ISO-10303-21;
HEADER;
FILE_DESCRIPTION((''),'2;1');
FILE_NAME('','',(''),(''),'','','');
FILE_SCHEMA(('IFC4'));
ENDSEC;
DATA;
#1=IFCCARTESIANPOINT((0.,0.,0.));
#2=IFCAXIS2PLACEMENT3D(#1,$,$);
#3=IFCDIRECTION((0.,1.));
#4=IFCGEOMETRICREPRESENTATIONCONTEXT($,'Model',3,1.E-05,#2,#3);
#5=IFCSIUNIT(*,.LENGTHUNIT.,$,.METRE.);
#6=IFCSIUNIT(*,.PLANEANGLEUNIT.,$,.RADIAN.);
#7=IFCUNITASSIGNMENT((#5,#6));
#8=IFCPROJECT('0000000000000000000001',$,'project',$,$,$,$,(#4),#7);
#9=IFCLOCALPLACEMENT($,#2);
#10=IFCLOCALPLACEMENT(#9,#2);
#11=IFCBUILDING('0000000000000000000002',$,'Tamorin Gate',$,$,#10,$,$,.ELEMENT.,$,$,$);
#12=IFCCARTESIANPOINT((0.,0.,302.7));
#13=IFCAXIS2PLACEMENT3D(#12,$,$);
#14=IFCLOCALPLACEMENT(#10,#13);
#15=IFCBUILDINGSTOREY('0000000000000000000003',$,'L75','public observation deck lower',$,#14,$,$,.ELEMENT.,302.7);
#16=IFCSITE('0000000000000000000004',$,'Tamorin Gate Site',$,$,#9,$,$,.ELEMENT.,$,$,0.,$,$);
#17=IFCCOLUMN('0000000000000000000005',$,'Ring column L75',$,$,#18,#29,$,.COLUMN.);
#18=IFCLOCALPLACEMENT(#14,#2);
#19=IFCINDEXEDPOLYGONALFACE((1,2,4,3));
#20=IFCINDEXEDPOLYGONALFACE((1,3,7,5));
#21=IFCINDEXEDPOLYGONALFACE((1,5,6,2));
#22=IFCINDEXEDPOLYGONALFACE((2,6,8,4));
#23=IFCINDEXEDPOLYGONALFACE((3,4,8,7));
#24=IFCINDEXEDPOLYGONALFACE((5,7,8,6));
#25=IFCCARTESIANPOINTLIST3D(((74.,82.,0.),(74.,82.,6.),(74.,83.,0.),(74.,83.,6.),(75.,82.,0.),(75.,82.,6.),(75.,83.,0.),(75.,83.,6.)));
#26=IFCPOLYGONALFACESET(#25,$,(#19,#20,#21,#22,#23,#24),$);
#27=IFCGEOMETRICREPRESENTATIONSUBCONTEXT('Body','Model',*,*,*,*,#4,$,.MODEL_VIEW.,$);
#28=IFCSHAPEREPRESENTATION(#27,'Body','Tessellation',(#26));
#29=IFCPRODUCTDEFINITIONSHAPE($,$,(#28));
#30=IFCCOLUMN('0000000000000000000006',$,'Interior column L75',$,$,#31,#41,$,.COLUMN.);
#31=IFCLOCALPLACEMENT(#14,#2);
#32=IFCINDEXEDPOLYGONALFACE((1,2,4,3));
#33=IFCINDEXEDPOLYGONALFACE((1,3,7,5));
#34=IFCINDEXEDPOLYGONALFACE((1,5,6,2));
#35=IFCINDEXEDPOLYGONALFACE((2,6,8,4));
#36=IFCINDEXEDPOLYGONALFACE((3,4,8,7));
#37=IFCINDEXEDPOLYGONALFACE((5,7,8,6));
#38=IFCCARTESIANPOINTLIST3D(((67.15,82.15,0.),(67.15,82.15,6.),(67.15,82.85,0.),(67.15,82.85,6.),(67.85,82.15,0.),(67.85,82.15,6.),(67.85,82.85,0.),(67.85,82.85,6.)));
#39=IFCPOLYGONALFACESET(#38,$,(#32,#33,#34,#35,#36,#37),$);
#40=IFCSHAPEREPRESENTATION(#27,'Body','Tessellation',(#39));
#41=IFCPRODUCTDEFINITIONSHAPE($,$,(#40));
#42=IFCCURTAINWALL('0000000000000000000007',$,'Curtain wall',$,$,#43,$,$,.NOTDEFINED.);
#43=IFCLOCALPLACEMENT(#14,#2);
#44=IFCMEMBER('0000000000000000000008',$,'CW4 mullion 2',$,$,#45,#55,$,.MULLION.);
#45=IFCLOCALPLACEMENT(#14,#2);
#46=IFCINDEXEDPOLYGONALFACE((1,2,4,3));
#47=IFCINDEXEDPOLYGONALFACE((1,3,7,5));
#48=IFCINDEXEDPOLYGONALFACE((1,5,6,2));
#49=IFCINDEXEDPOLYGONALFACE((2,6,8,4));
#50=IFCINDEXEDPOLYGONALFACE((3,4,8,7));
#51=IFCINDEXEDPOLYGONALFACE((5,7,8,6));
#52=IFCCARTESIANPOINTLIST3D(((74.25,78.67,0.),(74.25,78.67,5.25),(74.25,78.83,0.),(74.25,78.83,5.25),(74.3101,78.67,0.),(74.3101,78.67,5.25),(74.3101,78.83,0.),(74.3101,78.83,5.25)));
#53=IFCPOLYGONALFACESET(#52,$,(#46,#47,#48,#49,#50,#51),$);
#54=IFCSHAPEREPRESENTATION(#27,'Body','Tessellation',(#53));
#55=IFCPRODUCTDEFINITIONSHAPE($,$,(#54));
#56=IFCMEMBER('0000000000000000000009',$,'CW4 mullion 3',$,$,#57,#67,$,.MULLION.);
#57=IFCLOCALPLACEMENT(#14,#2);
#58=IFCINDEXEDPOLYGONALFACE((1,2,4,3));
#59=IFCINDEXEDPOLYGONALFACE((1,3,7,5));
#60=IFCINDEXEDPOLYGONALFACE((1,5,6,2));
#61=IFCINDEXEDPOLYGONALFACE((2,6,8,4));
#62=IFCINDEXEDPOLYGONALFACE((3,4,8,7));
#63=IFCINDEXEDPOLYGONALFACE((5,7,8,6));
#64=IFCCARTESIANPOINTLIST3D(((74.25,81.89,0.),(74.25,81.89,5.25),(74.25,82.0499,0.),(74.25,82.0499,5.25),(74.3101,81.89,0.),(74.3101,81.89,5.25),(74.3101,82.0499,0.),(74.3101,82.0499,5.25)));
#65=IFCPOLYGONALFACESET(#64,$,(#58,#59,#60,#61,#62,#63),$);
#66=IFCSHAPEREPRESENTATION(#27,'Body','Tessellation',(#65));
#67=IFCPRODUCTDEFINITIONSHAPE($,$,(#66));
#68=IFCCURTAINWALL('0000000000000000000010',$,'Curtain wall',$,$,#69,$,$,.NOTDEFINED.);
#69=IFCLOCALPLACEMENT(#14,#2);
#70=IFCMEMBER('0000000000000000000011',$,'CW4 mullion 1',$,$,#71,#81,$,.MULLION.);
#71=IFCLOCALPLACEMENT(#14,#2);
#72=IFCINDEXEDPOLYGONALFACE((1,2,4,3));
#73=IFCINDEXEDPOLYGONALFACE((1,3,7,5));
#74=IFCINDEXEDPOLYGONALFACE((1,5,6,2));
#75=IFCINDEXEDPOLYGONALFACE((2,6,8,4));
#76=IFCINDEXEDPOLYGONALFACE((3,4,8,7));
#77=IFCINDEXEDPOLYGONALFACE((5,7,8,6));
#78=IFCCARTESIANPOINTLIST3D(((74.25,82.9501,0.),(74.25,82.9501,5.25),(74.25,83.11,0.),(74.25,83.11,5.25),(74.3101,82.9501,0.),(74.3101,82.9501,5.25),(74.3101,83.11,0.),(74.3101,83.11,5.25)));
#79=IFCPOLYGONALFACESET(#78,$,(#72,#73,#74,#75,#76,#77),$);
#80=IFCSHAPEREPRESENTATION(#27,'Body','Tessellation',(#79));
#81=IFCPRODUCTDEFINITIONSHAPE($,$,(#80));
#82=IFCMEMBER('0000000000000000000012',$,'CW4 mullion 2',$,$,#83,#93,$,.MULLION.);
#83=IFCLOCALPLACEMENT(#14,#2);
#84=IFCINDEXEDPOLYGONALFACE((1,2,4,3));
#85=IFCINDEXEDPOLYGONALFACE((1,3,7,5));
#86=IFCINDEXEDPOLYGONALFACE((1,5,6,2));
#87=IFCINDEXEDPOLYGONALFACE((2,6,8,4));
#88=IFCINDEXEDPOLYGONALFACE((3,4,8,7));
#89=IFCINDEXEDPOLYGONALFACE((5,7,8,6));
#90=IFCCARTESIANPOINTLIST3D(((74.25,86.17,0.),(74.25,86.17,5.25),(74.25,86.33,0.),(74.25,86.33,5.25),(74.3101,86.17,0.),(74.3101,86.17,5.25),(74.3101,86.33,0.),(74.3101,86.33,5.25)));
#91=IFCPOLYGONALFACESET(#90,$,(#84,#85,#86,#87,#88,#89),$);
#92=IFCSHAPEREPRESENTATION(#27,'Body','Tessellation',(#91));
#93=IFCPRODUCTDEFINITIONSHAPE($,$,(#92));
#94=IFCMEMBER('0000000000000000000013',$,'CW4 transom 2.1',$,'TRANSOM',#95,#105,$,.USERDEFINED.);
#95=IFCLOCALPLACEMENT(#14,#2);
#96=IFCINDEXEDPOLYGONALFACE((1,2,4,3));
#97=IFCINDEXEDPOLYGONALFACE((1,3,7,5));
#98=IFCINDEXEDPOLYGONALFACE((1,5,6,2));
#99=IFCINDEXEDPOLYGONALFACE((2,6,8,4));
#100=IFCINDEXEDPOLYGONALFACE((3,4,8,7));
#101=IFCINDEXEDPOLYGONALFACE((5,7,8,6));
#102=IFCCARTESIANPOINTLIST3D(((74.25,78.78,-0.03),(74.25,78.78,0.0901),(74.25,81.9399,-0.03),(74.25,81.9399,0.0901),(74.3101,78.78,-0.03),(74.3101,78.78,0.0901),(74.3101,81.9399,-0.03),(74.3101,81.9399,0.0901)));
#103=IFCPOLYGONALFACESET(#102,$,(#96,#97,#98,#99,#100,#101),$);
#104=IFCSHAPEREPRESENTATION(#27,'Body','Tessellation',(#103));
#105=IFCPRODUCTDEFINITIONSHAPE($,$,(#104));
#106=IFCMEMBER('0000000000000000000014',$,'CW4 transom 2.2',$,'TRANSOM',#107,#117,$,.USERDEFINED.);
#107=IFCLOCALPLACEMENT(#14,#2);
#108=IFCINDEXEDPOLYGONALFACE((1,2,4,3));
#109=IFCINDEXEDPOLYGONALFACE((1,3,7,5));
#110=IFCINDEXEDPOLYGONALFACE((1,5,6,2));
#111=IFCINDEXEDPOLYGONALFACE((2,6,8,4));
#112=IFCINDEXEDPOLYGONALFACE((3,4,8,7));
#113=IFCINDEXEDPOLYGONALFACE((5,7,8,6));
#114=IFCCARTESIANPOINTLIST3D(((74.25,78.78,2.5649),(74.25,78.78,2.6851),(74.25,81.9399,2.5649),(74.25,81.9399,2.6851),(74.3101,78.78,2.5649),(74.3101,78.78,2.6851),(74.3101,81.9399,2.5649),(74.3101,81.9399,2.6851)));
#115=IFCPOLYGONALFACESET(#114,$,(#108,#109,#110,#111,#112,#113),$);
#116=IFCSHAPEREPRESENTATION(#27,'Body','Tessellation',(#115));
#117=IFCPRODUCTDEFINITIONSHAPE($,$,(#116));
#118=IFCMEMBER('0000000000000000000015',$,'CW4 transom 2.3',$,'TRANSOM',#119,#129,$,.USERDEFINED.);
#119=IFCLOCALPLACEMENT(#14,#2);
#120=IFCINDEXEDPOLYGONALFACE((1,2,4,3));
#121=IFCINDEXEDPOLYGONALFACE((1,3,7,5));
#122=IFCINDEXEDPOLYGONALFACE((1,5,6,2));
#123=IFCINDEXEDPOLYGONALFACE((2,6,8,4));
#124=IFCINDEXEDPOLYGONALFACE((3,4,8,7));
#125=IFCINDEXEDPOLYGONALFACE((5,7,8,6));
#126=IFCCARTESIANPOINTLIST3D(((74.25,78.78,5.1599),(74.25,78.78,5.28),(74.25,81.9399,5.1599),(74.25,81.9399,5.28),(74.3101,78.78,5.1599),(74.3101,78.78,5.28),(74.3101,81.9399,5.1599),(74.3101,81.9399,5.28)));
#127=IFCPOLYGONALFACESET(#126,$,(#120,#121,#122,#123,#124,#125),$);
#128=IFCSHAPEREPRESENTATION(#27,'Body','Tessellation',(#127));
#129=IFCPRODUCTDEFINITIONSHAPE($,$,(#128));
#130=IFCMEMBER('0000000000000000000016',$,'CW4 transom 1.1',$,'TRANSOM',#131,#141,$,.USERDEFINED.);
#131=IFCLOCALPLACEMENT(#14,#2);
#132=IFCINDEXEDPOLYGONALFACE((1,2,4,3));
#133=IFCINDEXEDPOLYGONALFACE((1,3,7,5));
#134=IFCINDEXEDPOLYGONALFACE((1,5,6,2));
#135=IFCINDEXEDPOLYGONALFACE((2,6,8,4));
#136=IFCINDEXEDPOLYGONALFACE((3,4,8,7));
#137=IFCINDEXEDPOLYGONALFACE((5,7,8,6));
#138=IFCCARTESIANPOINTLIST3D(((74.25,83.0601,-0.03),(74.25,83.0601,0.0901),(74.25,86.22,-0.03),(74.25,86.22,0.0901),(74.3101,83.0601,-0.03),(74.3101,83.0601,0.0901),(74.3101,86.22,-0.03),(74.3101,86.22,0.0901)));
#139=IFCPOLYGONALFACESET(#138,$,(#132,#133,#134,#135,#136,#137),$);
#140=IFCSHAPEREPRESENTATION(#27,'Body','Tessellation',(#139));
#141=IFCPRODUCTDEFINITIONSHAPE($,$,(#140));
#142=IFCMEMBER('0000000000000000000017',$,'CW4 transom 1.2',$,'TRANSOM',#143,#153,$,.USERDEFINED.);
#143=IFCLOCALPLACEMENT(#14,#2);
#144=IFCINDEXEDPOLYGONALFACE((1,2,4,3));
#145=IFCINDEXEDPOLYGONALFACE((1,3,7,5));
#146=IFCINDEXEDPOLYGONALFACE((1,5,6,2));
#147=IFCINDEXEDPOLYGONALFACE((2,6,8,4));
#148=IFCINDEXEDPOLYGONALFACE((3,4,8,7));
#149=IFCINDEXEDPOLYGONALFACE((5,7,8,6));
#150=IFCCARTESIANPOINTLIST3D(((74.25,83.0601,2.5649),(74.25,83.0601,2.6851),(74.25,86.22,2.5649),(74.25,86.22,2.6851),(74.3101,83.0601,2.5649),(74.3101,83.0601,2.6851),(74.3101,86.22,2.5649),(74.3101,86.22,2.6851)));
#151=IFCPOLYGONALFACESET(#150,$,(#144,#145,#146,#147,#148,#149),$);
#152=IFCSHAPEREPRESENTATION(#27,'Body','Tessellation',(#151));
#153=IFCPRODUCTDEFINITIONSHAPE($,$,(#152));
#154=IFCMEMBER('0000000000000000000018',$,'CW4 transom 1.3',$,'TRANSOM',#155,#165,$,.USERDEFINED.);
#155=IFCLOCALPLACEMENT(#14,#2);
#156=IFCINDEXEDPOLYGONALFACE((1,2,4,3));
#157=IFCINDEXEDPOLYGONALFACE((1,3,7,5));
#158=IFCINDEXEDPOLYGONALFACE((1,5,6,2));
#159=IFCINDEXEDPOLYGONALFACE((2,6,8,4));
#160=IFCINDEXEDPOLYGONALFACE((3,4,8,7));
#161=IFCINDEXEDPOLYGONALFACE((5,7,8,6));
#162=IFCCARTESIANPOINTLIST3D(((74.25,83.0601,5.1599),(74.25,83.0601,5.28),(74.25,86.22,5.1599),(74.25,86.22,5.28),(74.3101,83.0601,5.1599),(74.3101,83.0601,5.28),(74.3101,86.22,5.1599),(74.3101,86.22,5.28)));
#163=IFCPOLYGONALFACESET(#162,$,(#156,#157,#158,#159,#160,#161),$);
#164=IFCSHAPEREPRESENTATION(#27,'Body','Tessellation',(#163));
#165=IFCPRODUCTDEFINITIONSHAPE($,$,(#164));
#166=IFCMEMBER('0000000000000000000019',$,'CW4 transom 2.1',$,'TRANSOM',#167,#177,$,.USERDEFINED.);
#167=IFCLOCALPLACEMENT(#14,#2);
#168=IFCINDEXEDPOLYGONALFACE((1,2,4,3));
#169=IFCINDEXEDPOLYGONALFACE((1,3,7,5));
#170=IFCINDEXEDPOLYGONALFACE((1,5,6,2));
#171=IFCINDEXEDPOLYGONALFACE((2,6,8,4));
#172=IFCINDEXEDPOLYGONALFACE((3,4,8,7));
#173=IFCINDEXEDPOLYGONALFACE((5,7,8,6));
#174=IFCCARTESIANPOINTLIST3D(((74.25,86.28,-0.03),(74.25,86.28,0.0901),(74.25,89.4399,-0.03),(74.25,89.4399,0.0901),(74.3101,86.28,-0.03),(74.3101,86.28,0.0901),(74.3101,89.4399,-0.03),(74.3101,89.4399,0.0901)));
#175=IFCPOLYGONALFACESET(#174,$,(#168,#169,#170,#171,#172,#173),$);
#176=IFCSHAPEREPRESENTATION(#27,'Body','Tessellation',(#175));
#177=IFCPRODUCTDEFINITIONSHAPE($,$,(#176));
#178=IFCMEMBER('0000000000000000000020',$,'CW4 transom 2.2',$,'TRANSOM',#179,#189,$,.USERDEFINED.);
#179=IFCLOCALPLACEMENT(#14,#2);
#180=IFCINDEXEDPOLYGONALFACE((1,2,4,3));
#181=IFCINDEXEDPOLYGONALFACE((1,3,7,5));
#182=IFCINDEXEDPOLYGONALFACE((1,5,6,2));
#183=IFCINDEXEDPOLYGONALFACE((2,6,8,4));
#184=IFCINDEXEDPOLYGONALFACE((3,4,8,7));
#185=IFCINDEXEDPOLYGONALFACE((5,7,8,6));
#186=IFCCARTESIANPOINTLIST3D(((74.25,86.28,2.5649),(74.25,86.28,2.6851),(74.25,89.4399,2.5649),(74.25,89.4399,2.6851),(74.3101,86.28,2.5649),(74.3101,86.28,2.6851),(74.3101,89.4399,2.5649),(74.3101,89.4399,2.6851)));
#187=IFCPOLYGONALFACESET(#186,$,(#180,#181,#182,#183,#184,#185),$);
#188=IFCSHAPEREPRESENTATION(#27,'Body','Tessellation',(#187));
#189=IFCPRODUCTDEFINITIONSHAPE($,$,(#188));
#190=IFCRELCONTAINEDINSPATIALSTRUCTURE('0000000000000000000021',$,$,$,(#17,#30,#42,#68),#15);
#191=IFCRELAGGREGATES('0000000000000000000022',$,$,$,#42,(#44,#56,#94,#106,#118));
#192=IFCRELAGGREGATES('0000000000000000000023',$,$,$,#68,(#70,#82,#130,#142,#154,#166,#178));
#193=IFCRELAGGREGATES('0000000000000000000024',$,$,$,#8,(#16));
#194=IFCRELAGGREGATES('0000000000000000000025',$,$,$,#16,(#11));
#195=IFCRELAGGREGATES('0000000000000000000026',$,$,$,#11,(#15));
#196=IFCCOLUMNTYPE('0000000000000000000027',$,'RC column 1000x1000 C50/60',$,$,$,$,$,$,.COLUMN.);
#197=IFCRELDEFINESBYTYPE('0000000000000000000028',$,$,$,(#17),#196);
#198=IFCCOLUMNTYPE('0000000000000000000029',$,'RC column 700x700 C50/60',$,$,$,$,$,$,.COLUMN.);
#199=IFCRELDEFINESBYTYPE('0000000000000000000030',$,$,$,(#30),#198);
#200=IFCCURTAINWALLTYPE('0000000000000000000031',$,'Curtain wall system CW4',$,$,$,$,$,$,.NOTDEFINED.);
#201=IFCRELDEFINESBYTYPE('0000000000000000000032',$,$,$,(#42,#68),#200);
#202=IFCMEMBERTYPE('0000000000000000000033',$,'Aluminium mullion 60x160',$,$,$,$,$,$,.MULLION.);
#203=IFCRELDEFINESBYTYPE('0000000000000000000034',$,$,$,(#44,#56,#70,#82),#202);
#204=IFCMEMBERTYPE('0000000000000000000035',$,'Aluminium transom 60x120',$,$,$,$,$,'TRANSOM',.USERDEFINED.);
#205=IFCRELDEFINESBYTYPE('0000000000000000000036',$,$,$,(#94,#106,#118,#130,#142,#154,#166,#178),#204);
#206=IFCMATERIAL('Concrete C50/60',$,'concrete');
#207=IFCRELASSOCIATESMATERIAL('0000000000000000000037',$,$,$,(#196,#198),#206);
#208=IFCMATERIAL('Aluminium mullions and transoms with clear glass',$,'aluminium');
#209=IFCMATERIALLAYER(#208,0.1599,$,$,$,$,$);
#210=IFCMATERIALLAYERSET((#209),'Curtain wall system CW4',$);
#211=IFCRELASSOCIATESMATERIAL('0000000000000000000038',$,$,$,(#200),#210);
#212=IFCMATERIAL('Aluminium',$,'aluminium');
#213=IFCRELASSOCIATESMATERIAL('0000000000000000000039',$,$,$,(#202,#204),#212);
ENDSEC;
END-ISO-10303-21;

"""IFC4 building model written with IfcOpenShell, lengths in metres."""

from ifc_helpers import new_model, si_unit, direction, frame, origin, origin_2d, place, context, subcontext, project, spatial, rectangle, extrude, material, layer, layer_set, material_profile, profile_set, type_object, element, aggregate, save


model = new_model("IFC4")

# Units and contexts
model_context = context("Model", 3, precision=1e-05, world=origin(), true_north=direction((0.0, 1.0)))
body_context = subcontext(model_context, "Body", "Model", "MODEL_VIEW")
ifc_project = project(units=[si_unit("LENGTHUNIT", "METRE"), si_unit("PLANEANGLEUNIT", "RADIAN")], contexts=[model_context])

# Site, building, storey
site_placement = place(None, origin())
site = spatial("IfcSite", under=ifc_project, at=site_placement, Name="Tamorin Gate Site", CompositionType="ELEMENT", RefElevation=0.0)
building_placement = place(site_placement, origin())
building = spatial("IfcBuilding", under=site, at=building_placement, Name="Tamorin Gate", CompositionType="ELEMENT")
storey_placement = place(building_placement, frame((0.0, 0.0, 302.7)))
storey = spatial("IfcBuildingStorey", under=building, at=storey_placement, Name="L75", Description="public observation deck lower", CompositionType="ELEMENT", Elevation=302.7)

# Columns
ifc_material_1 = material(Name="Concrete C50/60", Category="concrete")
ifc_material_profile_1 = material_profile(ifc_material_1, rectangle(XDim=1.0, YDim=1.0, at=origin_2d()), Name="RC 1000x1000")
ifc_profile_set_1 = profile_set([ifc_material_profile_1], Name="Concrete C50/60")
column_type_1 = type_object("IfcColumnType", Name="RC column 1000x1000 C50/60", PredefinedType="COLUMN", material=ifc_profile_set_1)
column_1_placement = place(storey_placement, frame((74.5, 82.5, 0.0), z_axis=(0.0, 0.0, 1.0), x_axis=(1.0, 0.0, 0.0)))
element("IfcColumn", 1, at=column_1_placement, inside=storey, type_object=column_type_1, Name="Ring column L75", PredefinedType="COLUMN", context=body_context, shape_type="SweptSolid", body=[
    extrude(rectangle(XDim=1.0, YDim=1.0, at=origin_2d()), origin(), (0.0, 0.0, 1.0), 6.0),
])
ifc_material_profile_2 = material_profile(ifc_material_1, rectangle(XDim=0.7, YDim=0.7, at=origin_2d()), Name="RC 700x700")
ifc_profile_set_2 = profile_set([ifc_material_profile_2], Name="Concrete C50/60")
column_type_2 = type_object("IfcColumnType", Name="RC column 700x700 C50/60", PredefinedType="COLUMN", material=ifc_profile_set_2)
column_2_placement = place(storey_placement, frame((67.5, 82.5, 0.0), z_axis=(0.0, 0.0, 1.0), x_axis=(1.0, 0.0, 0.0)))
element("IfcColumn", 2, at=column_2_placement, inside=storey, type_object=column_type_2, Name="Interior column L75", PredefinedType="COLUMN", context=body_context, shape_type="SweptSolid", body=[
    extrude(rectangle(XDim=0.7, YDim=0.7, at=origin_2d()), origin(), (0.0, 0.0, 1.0), 6.0),
])

# Curtain walls, members
ifc_material_2 = material(Name="Aluminium mullions and transoms with clear glass", Category="aluminium")
ifc_layer_1 = layer(ifc_material_2, 0.1599)
ifc_layer_set_1 = layer_set([ifc_layer_1], Name="Curtain wall system CW4")
curtain_wall_type = type_object("IfcCurtainWallType", Name="Curtain wall system CW4", PredefinedType="NOTDEFINED", material=ifc_layer_set_1)
curtain_wall_1_placement = place(storey_placement, origin())
curtain_wall_1 = element("IfcCurtainWall", 3, at=curtain_wall_1_placement, inside=storey, type_object=curtain_wall_type, Name="Curtain wall", PredefinedType="NOTDEFINED")
ifc_material_3 = material(Name="Aluminium", Category="aluminium")
ifc_material_profile_3 = material_profile(ifc_material_3, rectangle(XDim=0.0601, YDim=0.1599, at=origin_2d()), Name="RECT 60x160")
ifc_profile_set_3 = profile_set([ifc_material_profile_3], Name="Aluminium")
member_type_1 = type_object("IfcMemberType", Name="Aluminium mullion 60x160", PredefinedType="MULLION", material=ifc_profile_set_3)
member_1_placement = place(storey_placement, frame((74.28, 78.75, 0.0), z_axis=(0.0, 0.0, 1.0), x_axis=(-1.0, 0.0, 0.0)))
member_1 = element("IfcMember", 4, at=member_1_placement, type_object=member_type_1, Name="CW4 mullion 2", PredefinedType="MULLION", context=body_context, shape_type="SweptSolid", body=[
    extrude(rectangle(XDim=0.0601, YDim=0.1599, at=origin_2d()), origin(), (0.0, 0.0, 1.0), 5.25),
])
member_2_placement = place(storey_placement, frame((74.28, 81.97, 0.0), z_axis=(0.0, 0.0, 1.0), x_axis=(-1.0, 0.0, 0.0)))
member_2 = element("IfcMember", 5, at=member_2_placement, type_object=member_type_1, Name="CW4 mullion 3", PredefinedType="MULLION", context=body_context, shape_type="SweptSolid", body=[
    extrude(rectangle(XDim=0.0601, YDim=0.1599, at=origin_2d()), origin(), (0.0, 0.0, 1.0), 5.25),
])
curtain_wall_2_placement = place(storey_placement, origin())
curtain_wall_2 = element("IfcCurtainWall", 6, at=curtain_wall_2_placement, inside=storey, type_object=curtain_wall_type, Name="Curtain wall", PredefinedType="NOTDEFINED")
member_3_placement = place(storey_placement, frame((74.28, 83.03, 0.0), z_axis=(0.0, 0.0, 1.0), x_axis=(-1.0, 0.0, 0.0)))
member_3 = element("IfcMember", 7, at=member_3_placement, type_object=member_type_1, Name="CW4 mullion 1", PredefinedType="MULLION", context=body_context, shape_type="SweptSolid", body=[
    extrude(rectangle(XDim=0.0601, YDim=0.1599, at=origin_2d()), origin(), (0.0, 0.0, 1.0), 5.25),
])
member_4_placement = place(storey_placement, frame((74.28, 86.25, 0.0), z_axis=(0.0, 0.0, 1.0), x_axis=(-1.0, 0.0, 0.0)))
member_4 = element("IfcMember", 8, at=member_4_placement, type_object=member_type_1, Name="CW4 mullion 2", PredefinedType="MULLION", context=body_context, shape_type="SweptSolid", body=[
    extrude(rectangle(XDim=0.0601, YDim=0.1599, at=origin_2d()), origin(), (0.0, 0.0, 1.0), 5.25),
])

# Members
ifc_material_profile_4 = material_profile(ifc_material_3, rectangle(XDim=0.0601, YDim=0.1201, at=origin_2d()), Name="RECT 60x120")
ifc_profile_set_4 = profile_set([ifc_material_profile_4], Name="Aluminium")
member_type_2 = type_object("IfcMemberType", Name="Aluminium transom 60x120", ElementType="TRANSOM", PredefinedType="USERDEFINED", material=ifc_profile_set_4)
member_5_placement = place(storey_placement, frame((74.28, 78.78, 0.03), z_axis=(0.0, 1.0, 0.0), x_axis=(-1.0, 0.0, 0.0)))
member_5 = element("IfcMember", 9, at=member_5_placement, type_object=member_type_2, Name="CW4 transom 2.1", ObjectType="TRANSOM", PredefinedType="USERDEFINED", context=body_context, shape_type="SweptSolid", body=[
    extrude(rectangle(XDim=0.0601, YDim=0.1201, at=origin_2d()), origin(), (0.0, 0.0, 1.0), 3.1599),
])
member_6_placement = place(storey_placement, frame((74.28, 78.78, 2.625), z_axis=(0.0, 1.0, 0.0), x_axis=(-1.0, 0.0, 0.0)))
member_6 = element("IfcMember", 10, at=member_6_placement, type_object=member_type_2, Name="CW4 transom 2.2", ObjectType="TRANSOM", PredefinedType="USERDEFINED", context=body_context, shape_type="SweptSolid", body=[
    extrude(rectangle(XDim=0.0601, YDim=0.1201, at=origin_2d()), origin(), (0.0, 0.0, 1.0), 3.1599),
])
member_7_placement = place(storey_placement, frame((74.28, 78.78, 5.22), z_axis=(0.0, 1.0, 0.0), x_axis=(-1.0, 0.0, 0.0)))
member_7 = element("IfcMember", 11, at=member_7_placement, type_object=member_type_2, Name="CW4 transom 2.3", ObjectType="TRANSOM", PredefinedType="USERDEFINED", context=body_context, shape_type="SweptSolid", body=[
    extrude(rectangle(XDim=0.0601, YDim=0.1201, at=origin_2d()), origin(), (0.0, 0.0, 1.0), 3.1599),
])
member_8_placement = place(storey_placement, frame((74.28, 83.0601, 0.03), z_axis=(0.0, 1.0, 0.0), x_axis=(-1.0, 0.0, 0.0)))
member_8 = element("IfcMember", 12, at=member_8_placement, type_object=member_type_2, Name="CW4 transom 1.1", ObjectType="TRANSOM", PredefinedType="USERDEFINED", context=body_context, shape_type="SweptSolid", body=[
    extrude(rectangle(XDim=0.0601, YDim=0.1201, at=origin_2d()), origin(), (0.0, 0.0, 1.0), 3.1599),
])
member_9_placement = place(storey_placement, frame((74.28, 83.0601, 2.625), z_axis=(0.0, 1.0, 0.0), x_axis=(-1.0, 0.0, 0.0)))
member_9 = element("IfcMember", 13, at=member_9_placement, type_object=member_type_2, Name="CW4 transom 1.2", ObjectType="TRANSOM", PredefinedType="USERDEFINED", context=body_context, shape_type="SweptSolid", body=[
    extrude(rectangle(XDim=0.0601, YDim=0.1201, at=origin_2d()), origin(), (0.0, 0.0, 1.0), 3.1599),
])
member_10_placement = place(storey_placement, frame((74.28, 83.0601, 5.22), z_axis=(0.0, 1.0, 0.0), x_axis=(-1.0, 0.0, 0.0)))
member_10 = element("IfcMember", 14, at=member_10_placement, type_object=member_type_2, Name="CW4 transom 1.3", ObjectType="TRANSOM", PredefinedType="USERDEFINED", context=body_context, shape_type="SweptSolid", body=[
    extrude(rectangle(XDim=0.0601, YDim=0.1201, at=origin_2d()), origin(), (0.0, 0.0, 1.0), 3.1599),
])
member_11_placement = place(storey_placement, frame((74.28, 86.28, 0.03), z_axis=(0.0, 1.0, 0.0), x_axis=(-1.0, 0.0, 0.0)))
member_11 = element("IfcMember", 15, at=member_11_placement, type_object=member_type_2, Name="CW4 transom 2.1", ObjectType="TRANSOM", PredefinedType="USERDEFINED", context=body_context, shape_type="SweptSolid", body=[
    extrude(rectangle(XDim=0.0601, YDim=0.1201, at=origin_2d()), origin(), (0.0, 0.0, 1.0), 3.1599),
])
member_12_placement = place(storey_placement, frame((74.28, 86.28, 2.625), z_axis=(0.0, 1.0, 0.0), x_axis=(-1.0, 0.0, 0.0)))
member_12 = element("IfcMember", 16, at=member_12_placement, type_object=member_type_2, Name="CW4 transom 2.2", ObjectType="TRANSOM", PredefinedType="USERDEFINED", context=body_context, shape_type="SweptSolid", body=[
    extrude(rectangle(XDim=0.0601, YDim=0.1201, at=origin_2d()), origin(), (0.0, 0.0, 1.0), 3.1599),
])

aggregate(curtain_wall_1, [member_1, member_2, member_5, member_6, member_7])
aggregate(curtain_wall_2, [member_3, member_4, member_8, member_9, member_10, member_11, member_12])

save(model, "model.ifc")
